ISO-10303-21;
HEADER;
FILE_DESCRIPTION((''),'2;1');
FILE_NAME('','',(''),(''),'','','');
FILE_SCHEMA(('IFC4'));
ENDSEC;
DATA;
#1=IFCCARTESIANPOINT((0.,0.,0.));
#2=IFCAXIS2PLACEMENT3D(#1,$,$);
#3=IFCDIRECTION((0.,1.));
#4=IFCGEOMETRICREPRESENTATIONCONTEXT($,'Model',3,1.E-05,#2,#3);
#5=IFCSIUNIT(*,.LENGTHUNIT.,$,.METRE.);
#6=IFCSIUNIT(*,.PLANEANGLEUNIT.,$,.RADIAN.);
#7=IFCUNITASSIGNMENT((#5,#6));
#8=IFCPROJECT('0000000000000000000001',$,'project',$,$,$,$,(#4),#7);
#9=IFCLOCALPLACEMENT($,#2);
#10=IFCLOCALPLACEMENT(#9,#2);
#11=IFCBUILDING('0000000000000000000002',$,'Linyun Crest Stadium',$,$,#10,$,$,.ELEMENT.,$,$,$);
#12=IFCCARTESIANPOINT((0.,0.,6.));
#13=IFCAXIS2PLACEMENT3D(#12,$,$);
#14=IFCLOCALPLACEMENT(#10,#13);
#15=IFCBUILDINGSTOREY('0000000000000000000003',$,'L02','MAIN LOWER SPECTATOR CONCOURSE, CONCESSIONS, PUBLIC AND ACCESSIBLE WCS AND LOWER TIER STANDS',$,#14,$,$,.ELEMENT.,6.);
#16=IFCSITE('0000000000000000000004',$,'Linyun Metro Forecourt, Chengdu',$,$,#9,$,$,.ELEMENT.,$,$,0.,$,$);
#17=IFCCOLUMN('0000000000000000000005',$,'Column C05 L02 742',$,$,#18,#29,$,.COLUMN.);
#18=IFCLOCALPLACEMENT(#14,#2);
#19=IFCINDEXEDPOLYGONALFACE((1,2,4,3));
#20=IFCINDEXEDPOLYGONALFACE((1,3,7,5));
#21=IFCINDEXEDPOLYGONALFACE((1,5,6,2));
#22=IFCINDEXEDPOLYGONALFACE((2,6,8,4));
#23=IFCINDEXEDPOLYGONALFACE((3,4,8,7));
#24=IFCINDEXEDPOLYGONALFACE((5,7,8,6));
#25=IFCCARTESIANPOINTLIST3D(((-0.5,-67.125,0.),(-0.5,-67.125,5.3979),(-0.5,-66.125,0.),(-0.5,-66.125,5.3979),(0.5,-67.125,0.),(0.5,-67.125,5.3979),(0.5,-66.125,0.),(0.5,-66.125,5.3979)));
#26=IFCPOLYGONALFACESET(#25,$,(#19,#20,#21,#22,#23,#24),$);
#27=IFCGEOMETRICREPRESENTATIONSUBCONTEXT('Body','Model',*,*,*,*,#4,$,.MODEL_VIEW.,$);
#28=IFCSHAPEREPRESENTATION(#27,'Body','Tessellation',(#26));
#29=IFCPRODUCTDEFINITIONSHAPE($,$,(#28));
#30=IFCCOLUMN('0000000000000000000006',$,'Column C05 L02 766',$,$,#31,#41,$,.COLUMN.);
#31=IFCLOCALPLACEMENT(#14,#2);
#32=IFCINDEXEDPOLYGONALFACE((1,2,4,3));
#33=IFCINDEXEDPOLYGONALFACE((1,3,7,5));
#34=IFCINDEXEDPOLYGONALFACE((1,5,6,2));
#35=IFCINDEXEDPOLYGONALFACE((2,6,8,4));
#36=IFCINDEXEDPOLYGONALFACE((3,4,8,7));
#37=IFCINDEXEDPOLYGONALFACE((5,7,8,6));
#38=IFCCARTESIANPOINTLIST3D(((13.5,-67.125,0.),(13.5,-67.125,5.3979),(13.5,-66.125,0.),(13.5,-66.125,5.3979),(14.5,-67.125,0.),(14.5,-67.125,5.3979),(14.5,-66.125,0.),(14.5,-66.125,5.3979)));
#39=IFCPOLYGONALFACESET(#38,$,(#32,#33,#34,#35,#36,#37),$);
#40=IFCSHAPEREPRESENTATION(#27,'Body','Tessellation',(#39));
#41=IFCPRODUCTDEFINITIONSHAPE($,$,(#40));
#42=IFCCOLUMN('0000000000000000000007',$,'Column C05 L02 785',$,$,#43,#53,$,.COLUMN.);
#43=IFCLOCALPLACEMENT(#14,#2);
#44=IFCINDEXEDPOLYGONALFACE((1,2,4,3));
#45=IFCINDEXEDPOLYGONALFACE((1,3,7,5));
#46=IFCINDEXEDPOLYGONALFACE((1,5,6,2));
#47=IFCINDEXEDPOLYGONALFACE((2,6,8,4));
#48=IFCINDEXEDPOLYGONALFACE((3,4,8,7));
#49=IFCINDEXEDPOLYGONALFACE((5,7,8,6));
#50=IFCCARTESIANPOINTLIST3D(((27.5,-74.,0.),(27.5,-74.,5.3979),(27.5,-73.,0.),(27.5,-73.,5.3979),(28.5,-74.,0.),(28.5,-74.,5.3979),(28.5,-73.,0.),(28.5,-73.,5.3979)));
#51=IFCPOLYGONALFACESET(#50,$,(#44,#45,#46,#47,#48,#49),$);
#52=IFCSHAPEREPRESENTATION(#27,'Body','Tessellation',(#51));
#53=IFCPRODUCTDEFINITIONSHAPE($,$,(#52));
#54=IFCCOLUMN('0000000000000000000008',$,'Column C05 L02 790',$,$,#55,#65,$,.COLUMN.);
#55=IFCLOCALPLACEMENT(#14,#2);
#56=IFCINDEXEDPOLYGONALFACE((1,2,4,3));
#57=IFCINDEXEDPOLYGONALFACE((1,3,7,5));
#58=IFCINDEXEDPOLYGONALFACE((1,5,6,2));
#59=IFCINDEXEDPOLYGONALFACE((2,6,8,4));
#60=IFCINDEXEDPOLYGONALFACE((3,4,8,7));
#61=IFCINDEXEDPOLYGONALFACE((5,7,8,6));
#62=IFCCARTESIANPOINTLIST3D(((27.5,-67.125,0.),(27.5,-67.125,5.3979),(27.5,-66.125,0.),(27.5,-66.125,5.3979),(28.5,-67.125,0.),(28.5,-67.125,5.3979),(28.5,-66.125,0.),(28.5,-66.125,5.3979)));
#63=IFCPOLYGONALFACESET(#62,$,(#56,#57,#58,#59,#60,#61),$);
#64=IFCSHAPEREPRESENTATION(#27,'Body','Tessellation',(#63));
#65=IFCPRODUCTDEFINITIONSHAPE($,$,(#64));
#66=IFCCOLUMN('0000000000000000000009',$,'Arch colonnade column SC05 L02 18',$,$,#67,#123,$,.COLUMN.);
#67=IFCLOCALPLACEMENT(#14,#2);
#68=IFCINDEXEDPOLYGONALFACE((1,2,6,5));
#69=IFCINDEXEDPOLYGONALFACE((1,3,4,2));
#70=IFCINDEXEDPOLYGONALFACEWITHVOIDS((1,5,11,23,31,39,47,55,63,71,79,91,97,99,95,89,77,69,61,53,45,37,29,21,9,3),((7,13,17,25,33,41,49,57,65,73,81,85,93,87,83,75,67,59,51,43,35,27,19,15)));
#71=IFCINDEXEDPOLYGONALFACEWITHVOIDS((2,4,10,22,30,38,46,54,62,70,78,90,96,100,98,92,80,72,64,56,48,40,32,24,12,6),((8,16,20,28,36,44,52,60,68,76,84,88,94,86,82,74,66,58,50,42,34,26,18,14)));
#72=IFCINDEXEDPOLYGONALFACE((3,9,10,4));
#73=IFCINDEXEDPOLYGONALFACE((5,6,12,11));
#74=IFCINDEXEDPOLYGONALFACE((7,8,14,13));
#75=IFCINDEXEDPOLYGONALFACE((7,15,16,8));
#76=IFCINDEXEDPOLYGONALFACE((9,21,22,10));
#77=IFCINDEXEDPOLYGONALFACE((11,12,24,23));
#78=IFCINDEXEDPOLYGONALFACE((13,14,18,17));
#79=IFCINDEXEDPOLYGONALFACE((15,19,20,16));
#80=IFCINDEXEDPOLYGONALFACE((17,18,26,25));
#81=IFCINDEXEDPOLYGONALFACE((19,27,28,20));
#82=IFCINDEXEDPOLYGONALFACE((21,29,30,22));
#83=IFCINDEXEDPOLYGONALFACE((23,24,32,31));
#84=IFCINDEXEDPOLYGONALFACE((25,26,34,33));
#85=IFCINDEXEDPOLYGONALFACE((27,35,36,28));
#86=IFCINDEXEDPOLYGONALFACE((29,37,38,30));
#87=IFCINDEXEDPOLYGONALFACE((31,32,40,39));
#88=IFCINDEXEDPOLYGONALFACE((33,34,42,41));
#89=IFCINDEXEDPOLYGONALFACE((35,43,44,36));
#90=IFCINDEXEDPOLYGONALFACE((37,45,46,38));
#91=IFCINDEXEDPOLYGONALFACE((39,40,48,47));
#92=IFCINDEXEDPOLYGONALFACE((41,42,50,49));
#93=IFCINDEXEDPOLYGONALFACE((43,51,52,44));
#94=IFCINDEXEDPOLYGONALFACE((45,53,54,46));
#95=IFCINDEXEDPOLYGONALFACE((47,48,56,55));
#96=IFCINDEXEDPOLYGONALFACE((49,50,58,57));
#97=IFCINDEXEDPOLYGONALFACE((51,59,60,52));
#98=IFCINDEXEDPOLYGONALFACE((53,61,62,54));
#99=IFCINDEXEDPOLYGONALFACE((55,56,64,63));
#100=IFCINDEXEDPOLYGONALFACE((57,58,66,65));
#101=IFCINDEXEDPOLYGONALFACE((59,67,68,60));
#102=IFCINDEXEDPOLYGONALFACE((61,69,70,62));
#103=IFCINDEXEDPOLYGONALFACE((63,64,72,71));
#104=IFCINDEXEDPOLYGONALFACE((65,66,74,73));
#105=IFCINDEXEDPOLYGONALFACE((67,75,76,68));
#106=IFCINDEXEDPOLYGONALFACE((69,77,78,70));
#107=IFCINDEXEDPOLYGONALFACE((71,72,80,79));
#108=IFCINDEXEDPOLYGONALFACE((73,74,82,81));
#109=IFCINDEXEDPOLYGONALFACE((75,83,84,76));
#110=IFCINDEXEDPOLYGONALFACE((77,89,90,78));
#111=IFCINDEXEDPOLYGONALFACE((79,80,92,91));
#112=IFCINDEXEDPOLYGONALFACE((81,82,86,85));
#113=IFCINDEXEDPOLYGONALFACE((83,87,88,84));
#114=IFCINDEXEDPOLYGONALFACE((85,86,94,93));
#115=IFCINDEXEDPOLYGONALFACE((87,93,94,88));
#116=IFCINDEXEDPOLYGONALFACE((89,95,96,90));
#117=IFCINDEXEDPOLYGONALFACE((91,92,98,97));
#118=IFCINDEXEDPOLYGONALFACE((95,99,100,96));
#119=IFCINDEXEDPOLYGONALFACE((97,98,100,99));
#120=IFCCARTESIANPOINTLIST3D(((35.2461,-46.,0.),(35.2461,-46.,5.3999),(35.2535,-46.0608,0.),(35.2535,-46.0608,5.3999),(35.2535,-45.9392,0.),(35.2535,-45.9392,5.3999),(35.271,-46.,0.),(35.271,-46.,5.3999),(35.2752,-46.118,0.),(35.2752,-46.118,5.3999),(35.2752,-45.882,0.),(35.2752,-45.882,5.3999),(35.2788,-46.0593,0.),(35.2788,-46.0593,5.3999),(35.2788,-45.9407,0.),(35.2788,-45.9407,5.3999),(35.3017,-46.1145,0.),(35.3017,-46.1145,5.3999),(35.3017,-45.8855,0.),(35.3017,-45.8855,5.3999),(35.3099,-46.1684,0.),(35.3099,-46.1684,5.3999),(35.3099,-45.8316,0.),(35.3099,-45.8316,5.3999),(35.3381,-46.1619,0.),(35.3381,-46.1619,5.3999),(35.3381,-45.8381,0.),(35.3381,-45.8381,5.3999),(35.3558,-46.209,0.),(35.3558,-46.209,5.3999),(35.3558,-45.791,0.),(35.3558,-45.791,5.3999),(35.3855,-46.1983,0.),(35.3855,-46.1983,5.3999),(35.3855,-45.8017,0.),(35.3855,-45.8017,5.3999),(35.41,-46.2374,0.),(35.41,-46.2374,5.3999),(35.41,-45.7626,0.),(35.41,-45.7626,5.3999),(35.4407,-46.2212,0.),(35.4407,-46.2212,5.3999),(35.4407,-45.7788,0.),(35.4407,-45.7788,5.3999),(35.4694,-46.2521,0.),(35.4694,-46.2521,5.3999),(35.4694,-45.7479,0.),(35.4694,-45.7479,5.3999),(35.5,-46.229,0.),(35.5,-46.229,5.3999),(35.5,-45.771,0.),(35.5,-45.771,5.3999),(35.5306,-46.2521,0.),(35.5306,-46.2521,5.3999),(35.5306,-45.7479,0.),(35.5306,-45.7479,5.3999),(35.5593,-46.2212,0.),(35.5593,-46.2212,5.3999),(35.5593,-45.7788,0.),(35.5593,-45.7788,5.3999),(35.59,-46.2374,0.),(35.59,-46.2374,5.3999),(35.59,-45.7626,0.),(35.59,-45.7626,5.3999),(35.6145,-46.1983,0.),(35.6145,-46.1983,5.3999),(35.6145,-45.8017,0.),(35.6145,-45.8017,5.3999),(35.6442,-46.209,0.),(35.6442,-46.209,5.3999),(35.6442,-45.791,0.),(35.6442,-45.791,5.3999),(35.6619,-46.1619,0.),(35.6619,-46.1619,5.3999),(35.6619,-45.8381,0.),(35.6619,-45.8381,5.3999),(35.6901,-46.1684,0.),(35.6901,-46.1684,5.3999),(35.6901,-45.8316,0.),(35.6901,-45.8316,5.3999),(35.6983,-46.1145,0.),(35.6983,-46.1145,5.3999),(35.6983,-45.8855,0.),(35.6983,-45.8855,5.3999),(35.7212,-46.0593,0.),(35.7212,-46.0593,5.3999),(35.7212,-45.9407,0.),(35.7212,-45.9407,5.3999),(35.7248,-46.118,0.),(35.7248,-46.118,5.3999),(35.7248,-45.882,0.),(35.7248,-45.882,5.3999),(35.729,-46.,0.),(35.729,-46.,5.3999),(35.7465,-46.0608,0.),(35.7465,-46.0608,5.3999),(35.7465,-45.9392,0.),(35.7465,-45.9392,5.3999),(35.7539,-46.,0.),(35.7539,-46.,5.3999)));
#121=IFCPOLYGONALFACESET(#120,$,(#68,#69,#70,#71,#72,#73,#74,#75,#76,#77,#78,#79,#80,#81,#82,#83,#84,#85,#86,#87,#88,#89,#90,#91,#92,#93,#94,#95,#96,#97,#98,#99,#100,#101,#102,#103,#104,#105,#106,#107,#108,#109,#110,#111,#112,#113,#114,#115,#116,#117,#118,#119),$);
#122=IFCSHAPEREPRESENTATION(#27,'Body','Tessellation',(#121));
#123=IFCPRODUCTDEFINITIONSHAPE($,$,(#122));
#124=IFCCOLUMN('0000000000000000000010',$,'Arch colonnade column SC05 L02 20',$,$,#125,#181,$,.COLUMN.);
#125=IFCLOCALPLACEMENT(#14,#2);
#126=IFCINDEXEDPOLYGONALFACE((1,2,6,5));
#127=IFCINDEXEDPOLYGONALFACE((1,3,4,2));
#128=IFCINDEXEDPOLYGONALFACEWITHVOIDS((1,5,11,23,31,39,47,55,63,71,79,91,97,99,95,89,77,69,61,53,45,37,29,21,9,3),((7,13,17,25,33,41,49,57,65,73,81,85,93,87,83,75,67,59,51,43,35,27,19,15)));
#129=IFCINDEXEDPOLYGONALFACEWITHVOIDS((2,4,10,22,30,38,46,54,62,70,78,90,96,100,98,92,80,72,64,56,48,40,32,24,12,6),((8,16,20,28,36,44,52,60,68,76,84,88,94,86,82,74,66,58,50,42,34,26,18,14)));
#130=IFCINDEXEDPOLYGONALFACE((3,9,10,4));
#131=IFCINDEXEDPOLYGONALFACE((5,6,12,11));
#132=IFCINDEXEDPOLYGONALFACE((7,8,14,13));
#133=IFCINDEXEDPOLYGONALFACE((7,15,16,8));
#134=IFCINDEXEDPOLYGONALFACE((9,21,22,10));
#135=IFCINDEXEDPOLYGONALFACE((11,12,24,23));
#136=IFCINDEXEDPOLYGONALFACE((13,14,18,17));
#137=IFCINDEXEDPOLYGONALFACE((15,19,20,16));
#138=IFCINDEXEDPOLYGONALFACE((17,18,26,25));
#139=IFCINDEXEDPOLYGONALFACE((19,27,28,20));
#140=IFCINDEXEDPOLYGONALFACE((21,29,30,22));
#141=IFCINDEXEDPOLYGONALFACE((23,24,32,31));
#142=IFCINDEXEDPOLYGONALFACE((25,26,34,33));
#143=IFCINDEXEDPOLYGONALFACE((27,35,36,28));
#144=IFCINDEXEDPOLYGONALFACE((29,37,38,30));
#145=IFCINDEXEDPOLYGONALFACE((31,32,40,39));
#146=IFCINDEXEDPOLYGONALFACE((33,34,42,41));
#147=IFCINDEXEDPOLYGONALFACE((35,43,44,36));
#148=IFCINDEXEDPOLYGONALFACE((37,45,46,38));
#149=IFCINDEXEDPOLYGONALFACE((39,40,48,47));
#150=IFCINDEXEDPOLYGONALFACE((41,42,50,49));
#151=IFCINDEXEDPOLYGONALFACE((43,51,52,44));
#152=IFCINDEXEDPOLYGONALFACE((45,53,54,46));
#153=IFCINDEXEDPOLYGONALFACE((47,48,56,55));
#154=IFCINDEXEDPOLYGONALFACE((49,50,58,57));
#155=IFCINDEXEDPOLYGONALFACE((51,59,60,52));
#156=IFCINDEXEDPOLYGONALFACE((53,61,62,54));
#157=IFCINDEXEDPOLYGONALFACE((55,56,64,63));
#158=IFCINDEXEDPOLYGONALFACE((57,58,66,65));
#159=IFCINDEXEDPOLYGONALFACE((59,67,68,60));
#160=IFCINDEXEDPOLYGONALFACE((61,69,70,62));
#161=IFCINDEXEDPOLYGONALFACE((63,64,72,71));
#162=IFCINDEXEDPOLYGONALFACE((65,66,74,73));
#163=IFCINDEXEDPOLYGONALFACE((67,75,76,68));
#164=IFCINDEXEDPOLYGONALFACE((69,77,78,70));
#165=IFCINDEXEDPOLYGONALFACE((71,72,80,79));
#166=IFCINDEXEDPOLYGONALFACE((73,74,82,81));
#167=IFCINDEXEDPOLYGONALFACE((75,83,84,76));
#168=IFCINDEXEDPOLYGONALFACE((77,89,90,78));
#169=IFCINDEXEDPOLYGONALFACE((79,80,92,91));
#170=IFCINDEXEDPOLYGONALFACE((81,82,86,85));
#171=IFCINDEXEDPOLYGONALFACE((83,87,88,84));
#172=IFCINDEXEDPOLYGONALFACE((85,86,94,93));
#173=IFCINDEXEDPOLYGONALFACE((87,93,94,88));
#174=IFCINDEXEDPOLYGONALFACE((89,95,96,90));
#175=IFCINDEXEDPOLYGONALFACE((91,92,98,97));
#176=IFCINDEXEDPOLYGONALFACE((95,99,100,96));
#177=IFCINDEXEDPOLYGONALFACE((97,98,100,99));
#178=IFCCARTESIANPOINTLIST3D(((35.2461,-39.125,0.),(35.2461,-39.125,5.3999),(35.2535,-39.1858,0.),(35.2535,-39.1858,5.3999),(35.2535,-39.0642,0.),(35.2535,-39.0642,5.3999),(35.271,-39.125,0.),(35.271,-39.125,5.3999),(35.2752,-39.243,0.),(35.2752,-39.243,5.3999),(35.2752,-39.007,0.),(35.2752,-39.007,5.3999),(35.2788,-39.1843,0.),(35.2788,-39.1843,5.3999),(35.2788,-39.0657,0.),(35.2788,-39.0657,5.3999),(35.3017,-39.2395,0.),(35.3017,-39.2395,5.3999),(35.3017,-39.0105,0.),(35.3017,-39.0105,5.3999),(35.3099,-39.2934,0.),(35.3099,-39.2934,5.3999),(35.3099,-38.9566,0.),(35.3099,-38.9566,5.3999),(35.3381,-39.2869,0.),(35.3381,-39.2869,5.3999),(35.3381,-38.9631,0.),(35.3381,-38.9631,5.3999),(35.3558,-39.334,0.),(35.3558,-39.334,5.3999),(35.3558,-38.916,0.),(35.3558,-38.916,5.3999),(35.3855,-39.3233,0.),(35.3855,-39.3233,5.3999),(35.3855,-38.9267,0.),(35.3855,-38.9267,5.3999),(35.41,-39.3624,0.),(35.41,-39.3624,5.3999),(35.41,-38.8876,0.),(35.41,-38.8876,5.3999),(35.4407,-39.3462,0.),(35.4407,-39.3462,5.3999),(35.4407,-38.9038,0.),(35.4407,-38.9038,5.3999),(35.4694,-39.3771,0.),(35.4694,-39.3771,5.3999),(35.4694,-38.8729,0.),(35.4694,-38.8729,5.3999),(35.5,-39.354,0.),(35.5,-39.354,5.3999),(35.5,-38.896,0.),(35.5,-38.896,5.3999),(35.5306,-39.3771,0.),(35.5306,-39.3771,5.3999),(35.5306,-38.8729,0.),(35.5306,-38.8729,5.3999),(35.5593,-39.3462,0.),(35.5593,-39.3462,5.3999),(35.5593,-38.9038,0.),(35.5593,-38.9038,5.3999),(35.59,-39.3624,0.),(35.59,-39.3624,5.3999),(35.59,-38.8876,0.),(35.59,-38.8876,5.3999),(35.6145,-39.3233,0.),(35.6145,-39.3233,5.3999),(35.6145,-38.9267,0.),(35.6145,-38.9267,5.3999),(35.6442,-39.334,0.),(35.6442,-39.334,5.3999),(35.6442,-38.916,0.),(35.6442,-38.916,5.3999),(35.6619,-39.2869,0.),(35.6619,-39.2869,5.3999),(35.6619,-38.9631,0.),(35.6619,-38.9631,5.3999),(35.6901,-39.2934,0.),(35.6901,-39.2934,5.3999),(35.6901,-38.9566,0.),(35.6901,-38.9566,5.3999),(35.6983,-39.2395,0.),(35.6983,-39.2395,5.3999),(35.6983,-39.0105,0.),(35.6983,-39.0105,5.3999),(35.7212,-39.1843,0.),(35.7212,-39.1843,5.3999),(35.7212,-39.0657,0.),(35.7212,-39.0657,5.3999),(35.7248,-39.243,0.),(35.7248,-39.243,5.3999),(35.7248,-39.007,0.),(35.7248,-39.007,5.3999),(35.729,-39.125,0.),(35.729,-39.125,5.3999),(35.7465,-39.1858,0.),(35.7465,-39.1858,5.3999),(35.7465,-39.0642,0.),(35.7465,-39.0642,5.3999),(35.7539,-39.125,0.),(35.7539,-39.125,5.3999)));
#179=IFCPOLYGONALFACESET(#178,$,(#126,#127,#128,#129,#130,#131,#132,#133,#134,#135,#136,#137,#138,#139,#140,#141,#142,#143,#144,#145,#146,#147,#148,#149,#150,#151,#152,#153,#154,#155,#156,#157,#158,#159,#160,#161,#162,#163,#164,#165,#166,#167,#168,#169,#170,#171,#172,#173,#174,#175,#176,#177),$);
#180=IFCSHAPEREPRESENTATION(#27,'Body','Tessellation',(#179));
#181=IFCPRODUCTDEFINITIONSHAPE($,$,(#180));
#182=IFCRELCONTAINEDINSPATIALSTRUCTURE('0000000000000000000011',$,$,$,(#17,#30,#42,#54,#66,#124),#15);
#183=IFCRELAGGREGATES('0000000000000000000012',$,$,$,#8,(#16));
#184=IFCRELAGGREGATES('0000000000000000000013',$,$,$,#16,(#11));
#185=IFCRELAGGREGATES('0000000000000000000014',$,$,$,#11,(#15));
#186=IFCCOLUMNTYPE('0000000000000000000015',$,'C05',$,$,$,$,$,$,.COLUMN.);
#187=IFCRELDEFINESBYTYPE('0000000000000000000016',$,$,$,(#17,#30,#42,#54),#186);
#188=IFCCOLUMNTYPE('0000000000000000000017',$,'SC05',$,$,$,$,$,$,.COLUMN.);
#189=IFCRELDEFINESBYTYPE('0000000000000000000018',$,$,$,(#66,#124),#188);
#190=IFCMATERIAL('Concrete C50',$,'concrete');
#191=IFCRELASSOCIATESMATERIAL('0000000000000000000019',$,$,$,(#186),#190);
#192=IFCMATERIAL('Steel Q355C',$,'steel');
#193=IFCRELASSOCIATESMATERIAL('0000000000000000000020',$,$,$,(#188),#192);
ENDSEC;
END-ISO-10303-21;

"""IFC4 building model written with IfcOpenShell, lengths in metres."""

from ifc_helpers import new_model, si_unit, direction, frame, origin, origin_2d, place, context, subcontext, project, spatial, rectangle, hollow_circle, extrude, material, material_profile, profile_set, type_object, element, save


model = new_model("IFC4")

# Units and contexts
model_context = context("Model", 3, precision=1e-05, world=origin(), true_north=direction((0.0, 1.0)))
body_context = subcontext(model_context, "Body", "Model", "MODEL_VIEW")
ifc_project = project(units=[si_unit("LENGTHUNIT", "METRE"), si_unit("PLANEANGLEUNIT", "RADIAN")], contexts=[model_context])

# Site, building, storey
site_placement = place(None, origin())
site = spatial("IfcSite", under=ifc_project, at=site_placement, Name="Linyun Metro Forecourt, Chengdu", CompositionType="ELEMENT", RefElevation=0.0)
building_placement = place(site_placement, origin())
building = spatial("IfcBuilding", under=site, at=building_placement, Name="Linyun Crest Stadium", CompositionType="ELEMENT")
storey_placement = place(building_placement, frame((0.0, 0.0, 6.0)))
storey = spatial("IfcBuildingStorey", under=building, at=storey_placement, Name="L02", Description="MAIN LOWER SPECTATOR CONCOURSE, CONCESSIONS, PUBLIC AND ACCESSIBLE WCS AND LOWER TIER STANDS", CompositionType="ELEMENT", Elevation=6.0)

# Columns
ifc_material_1 = material(Name="Concrete C50", Category="concrete")
ifc_material_profile_1 = material_profile(ifc_material_1, rectangle(XDim=1.0, YDim=1.0, at=origin_2d()), Name="RC 1000x1000")
ifc_profile_set_1 = profile_set([ifc_material_profile_1], Name="Concrete C50")
column_type_1 = type_object("IfcColumnType", Name="C05", PredefinedType="COLUMN", material=ifc_profile_set_1)
for number, where, z_axis, x_axis, name in (
    (1, (0.0, -66.625, 0.0), (0.0, 0.0, 1.0), (1.0, 0.0, 0.0), "Column C05 L02 742"),
    (2, (14.0, -66.625, 0.0), (0.0, 0.0, 1.0), (1.0, 0.0, 0.0), "Column C05 L02 766"),
    (3, (28.0, -73.5, 0.0), (0.0, 0.0, 1.0), (1.0, 0.0, 0.0), "Column C05 L02 785"),
    (4, (28.0, -66.625, 0.0), (0.0, 0.0, 1.0), (1.0, 0.0, 0.0), "Column C05 L02 790"),
):
    element("IfcColumn", number, at=place(storey_placement, frame(where, z_axis=z_axis, x_axis=x_axis)), inside=storey, type_object=column_type_1, Name=name, PredefinedType="COLUMN", context=body_context, shape_type="SweptSolid", body=[
        extrude(rectangle(XDim=1.0, YDim=1.0, at=origin_2d()), origin(), (0.0, 0.0, 1.0), 5.3979),
    ])
ifc_material_2 = material(Name="Steel Q355C", Category="steel")
ifc_material_profile_2 = material_profile(ifc_material_2, hollow_circle(Radius=0.2539, WallThickness=0.0249, at=origin_2d()), Name="CHS 508x25")
ifc_profile_set_2 = profile_set([ifc_material_profile_2], Name="Steel Q355C")
column_type_2 = type_object("IfcColumnType", Name="SC05", PredefinedType="COLUMN", material=ifc_profile_set_2)
for number, where, z_axis, x_axis, name in (
    (5, (35.5, -46.0, 0.0), (0.0, 0.0, 1.0), (1.0, 0.0, 0.0), "Arch colonnade column SC05 L02 18"),
    (6, (35.5, -39.125, 0.0), (0.0, 0.0, 1.0), (1.0, 0.0, 0.0), "Arch colonnade column SC05 L02 20"),
):
    element("IfcColumn", number, at=place(storey_placement, frame(where, z_axis=z_axis, x_axis=x_axis)), inside=storey, type_object=column_type_2, Name=name, PredefinedType="COLUMN", context=body_context, shape_type="SweptSolid", body=[
        extrude(hollow_circle(Radius=0.2539, WallThickness=0.0249, at=origin_2d()), origin(), (0.0, 0.0, 1.0), 5.3999),
    ])

save(model, "model.ifc")
